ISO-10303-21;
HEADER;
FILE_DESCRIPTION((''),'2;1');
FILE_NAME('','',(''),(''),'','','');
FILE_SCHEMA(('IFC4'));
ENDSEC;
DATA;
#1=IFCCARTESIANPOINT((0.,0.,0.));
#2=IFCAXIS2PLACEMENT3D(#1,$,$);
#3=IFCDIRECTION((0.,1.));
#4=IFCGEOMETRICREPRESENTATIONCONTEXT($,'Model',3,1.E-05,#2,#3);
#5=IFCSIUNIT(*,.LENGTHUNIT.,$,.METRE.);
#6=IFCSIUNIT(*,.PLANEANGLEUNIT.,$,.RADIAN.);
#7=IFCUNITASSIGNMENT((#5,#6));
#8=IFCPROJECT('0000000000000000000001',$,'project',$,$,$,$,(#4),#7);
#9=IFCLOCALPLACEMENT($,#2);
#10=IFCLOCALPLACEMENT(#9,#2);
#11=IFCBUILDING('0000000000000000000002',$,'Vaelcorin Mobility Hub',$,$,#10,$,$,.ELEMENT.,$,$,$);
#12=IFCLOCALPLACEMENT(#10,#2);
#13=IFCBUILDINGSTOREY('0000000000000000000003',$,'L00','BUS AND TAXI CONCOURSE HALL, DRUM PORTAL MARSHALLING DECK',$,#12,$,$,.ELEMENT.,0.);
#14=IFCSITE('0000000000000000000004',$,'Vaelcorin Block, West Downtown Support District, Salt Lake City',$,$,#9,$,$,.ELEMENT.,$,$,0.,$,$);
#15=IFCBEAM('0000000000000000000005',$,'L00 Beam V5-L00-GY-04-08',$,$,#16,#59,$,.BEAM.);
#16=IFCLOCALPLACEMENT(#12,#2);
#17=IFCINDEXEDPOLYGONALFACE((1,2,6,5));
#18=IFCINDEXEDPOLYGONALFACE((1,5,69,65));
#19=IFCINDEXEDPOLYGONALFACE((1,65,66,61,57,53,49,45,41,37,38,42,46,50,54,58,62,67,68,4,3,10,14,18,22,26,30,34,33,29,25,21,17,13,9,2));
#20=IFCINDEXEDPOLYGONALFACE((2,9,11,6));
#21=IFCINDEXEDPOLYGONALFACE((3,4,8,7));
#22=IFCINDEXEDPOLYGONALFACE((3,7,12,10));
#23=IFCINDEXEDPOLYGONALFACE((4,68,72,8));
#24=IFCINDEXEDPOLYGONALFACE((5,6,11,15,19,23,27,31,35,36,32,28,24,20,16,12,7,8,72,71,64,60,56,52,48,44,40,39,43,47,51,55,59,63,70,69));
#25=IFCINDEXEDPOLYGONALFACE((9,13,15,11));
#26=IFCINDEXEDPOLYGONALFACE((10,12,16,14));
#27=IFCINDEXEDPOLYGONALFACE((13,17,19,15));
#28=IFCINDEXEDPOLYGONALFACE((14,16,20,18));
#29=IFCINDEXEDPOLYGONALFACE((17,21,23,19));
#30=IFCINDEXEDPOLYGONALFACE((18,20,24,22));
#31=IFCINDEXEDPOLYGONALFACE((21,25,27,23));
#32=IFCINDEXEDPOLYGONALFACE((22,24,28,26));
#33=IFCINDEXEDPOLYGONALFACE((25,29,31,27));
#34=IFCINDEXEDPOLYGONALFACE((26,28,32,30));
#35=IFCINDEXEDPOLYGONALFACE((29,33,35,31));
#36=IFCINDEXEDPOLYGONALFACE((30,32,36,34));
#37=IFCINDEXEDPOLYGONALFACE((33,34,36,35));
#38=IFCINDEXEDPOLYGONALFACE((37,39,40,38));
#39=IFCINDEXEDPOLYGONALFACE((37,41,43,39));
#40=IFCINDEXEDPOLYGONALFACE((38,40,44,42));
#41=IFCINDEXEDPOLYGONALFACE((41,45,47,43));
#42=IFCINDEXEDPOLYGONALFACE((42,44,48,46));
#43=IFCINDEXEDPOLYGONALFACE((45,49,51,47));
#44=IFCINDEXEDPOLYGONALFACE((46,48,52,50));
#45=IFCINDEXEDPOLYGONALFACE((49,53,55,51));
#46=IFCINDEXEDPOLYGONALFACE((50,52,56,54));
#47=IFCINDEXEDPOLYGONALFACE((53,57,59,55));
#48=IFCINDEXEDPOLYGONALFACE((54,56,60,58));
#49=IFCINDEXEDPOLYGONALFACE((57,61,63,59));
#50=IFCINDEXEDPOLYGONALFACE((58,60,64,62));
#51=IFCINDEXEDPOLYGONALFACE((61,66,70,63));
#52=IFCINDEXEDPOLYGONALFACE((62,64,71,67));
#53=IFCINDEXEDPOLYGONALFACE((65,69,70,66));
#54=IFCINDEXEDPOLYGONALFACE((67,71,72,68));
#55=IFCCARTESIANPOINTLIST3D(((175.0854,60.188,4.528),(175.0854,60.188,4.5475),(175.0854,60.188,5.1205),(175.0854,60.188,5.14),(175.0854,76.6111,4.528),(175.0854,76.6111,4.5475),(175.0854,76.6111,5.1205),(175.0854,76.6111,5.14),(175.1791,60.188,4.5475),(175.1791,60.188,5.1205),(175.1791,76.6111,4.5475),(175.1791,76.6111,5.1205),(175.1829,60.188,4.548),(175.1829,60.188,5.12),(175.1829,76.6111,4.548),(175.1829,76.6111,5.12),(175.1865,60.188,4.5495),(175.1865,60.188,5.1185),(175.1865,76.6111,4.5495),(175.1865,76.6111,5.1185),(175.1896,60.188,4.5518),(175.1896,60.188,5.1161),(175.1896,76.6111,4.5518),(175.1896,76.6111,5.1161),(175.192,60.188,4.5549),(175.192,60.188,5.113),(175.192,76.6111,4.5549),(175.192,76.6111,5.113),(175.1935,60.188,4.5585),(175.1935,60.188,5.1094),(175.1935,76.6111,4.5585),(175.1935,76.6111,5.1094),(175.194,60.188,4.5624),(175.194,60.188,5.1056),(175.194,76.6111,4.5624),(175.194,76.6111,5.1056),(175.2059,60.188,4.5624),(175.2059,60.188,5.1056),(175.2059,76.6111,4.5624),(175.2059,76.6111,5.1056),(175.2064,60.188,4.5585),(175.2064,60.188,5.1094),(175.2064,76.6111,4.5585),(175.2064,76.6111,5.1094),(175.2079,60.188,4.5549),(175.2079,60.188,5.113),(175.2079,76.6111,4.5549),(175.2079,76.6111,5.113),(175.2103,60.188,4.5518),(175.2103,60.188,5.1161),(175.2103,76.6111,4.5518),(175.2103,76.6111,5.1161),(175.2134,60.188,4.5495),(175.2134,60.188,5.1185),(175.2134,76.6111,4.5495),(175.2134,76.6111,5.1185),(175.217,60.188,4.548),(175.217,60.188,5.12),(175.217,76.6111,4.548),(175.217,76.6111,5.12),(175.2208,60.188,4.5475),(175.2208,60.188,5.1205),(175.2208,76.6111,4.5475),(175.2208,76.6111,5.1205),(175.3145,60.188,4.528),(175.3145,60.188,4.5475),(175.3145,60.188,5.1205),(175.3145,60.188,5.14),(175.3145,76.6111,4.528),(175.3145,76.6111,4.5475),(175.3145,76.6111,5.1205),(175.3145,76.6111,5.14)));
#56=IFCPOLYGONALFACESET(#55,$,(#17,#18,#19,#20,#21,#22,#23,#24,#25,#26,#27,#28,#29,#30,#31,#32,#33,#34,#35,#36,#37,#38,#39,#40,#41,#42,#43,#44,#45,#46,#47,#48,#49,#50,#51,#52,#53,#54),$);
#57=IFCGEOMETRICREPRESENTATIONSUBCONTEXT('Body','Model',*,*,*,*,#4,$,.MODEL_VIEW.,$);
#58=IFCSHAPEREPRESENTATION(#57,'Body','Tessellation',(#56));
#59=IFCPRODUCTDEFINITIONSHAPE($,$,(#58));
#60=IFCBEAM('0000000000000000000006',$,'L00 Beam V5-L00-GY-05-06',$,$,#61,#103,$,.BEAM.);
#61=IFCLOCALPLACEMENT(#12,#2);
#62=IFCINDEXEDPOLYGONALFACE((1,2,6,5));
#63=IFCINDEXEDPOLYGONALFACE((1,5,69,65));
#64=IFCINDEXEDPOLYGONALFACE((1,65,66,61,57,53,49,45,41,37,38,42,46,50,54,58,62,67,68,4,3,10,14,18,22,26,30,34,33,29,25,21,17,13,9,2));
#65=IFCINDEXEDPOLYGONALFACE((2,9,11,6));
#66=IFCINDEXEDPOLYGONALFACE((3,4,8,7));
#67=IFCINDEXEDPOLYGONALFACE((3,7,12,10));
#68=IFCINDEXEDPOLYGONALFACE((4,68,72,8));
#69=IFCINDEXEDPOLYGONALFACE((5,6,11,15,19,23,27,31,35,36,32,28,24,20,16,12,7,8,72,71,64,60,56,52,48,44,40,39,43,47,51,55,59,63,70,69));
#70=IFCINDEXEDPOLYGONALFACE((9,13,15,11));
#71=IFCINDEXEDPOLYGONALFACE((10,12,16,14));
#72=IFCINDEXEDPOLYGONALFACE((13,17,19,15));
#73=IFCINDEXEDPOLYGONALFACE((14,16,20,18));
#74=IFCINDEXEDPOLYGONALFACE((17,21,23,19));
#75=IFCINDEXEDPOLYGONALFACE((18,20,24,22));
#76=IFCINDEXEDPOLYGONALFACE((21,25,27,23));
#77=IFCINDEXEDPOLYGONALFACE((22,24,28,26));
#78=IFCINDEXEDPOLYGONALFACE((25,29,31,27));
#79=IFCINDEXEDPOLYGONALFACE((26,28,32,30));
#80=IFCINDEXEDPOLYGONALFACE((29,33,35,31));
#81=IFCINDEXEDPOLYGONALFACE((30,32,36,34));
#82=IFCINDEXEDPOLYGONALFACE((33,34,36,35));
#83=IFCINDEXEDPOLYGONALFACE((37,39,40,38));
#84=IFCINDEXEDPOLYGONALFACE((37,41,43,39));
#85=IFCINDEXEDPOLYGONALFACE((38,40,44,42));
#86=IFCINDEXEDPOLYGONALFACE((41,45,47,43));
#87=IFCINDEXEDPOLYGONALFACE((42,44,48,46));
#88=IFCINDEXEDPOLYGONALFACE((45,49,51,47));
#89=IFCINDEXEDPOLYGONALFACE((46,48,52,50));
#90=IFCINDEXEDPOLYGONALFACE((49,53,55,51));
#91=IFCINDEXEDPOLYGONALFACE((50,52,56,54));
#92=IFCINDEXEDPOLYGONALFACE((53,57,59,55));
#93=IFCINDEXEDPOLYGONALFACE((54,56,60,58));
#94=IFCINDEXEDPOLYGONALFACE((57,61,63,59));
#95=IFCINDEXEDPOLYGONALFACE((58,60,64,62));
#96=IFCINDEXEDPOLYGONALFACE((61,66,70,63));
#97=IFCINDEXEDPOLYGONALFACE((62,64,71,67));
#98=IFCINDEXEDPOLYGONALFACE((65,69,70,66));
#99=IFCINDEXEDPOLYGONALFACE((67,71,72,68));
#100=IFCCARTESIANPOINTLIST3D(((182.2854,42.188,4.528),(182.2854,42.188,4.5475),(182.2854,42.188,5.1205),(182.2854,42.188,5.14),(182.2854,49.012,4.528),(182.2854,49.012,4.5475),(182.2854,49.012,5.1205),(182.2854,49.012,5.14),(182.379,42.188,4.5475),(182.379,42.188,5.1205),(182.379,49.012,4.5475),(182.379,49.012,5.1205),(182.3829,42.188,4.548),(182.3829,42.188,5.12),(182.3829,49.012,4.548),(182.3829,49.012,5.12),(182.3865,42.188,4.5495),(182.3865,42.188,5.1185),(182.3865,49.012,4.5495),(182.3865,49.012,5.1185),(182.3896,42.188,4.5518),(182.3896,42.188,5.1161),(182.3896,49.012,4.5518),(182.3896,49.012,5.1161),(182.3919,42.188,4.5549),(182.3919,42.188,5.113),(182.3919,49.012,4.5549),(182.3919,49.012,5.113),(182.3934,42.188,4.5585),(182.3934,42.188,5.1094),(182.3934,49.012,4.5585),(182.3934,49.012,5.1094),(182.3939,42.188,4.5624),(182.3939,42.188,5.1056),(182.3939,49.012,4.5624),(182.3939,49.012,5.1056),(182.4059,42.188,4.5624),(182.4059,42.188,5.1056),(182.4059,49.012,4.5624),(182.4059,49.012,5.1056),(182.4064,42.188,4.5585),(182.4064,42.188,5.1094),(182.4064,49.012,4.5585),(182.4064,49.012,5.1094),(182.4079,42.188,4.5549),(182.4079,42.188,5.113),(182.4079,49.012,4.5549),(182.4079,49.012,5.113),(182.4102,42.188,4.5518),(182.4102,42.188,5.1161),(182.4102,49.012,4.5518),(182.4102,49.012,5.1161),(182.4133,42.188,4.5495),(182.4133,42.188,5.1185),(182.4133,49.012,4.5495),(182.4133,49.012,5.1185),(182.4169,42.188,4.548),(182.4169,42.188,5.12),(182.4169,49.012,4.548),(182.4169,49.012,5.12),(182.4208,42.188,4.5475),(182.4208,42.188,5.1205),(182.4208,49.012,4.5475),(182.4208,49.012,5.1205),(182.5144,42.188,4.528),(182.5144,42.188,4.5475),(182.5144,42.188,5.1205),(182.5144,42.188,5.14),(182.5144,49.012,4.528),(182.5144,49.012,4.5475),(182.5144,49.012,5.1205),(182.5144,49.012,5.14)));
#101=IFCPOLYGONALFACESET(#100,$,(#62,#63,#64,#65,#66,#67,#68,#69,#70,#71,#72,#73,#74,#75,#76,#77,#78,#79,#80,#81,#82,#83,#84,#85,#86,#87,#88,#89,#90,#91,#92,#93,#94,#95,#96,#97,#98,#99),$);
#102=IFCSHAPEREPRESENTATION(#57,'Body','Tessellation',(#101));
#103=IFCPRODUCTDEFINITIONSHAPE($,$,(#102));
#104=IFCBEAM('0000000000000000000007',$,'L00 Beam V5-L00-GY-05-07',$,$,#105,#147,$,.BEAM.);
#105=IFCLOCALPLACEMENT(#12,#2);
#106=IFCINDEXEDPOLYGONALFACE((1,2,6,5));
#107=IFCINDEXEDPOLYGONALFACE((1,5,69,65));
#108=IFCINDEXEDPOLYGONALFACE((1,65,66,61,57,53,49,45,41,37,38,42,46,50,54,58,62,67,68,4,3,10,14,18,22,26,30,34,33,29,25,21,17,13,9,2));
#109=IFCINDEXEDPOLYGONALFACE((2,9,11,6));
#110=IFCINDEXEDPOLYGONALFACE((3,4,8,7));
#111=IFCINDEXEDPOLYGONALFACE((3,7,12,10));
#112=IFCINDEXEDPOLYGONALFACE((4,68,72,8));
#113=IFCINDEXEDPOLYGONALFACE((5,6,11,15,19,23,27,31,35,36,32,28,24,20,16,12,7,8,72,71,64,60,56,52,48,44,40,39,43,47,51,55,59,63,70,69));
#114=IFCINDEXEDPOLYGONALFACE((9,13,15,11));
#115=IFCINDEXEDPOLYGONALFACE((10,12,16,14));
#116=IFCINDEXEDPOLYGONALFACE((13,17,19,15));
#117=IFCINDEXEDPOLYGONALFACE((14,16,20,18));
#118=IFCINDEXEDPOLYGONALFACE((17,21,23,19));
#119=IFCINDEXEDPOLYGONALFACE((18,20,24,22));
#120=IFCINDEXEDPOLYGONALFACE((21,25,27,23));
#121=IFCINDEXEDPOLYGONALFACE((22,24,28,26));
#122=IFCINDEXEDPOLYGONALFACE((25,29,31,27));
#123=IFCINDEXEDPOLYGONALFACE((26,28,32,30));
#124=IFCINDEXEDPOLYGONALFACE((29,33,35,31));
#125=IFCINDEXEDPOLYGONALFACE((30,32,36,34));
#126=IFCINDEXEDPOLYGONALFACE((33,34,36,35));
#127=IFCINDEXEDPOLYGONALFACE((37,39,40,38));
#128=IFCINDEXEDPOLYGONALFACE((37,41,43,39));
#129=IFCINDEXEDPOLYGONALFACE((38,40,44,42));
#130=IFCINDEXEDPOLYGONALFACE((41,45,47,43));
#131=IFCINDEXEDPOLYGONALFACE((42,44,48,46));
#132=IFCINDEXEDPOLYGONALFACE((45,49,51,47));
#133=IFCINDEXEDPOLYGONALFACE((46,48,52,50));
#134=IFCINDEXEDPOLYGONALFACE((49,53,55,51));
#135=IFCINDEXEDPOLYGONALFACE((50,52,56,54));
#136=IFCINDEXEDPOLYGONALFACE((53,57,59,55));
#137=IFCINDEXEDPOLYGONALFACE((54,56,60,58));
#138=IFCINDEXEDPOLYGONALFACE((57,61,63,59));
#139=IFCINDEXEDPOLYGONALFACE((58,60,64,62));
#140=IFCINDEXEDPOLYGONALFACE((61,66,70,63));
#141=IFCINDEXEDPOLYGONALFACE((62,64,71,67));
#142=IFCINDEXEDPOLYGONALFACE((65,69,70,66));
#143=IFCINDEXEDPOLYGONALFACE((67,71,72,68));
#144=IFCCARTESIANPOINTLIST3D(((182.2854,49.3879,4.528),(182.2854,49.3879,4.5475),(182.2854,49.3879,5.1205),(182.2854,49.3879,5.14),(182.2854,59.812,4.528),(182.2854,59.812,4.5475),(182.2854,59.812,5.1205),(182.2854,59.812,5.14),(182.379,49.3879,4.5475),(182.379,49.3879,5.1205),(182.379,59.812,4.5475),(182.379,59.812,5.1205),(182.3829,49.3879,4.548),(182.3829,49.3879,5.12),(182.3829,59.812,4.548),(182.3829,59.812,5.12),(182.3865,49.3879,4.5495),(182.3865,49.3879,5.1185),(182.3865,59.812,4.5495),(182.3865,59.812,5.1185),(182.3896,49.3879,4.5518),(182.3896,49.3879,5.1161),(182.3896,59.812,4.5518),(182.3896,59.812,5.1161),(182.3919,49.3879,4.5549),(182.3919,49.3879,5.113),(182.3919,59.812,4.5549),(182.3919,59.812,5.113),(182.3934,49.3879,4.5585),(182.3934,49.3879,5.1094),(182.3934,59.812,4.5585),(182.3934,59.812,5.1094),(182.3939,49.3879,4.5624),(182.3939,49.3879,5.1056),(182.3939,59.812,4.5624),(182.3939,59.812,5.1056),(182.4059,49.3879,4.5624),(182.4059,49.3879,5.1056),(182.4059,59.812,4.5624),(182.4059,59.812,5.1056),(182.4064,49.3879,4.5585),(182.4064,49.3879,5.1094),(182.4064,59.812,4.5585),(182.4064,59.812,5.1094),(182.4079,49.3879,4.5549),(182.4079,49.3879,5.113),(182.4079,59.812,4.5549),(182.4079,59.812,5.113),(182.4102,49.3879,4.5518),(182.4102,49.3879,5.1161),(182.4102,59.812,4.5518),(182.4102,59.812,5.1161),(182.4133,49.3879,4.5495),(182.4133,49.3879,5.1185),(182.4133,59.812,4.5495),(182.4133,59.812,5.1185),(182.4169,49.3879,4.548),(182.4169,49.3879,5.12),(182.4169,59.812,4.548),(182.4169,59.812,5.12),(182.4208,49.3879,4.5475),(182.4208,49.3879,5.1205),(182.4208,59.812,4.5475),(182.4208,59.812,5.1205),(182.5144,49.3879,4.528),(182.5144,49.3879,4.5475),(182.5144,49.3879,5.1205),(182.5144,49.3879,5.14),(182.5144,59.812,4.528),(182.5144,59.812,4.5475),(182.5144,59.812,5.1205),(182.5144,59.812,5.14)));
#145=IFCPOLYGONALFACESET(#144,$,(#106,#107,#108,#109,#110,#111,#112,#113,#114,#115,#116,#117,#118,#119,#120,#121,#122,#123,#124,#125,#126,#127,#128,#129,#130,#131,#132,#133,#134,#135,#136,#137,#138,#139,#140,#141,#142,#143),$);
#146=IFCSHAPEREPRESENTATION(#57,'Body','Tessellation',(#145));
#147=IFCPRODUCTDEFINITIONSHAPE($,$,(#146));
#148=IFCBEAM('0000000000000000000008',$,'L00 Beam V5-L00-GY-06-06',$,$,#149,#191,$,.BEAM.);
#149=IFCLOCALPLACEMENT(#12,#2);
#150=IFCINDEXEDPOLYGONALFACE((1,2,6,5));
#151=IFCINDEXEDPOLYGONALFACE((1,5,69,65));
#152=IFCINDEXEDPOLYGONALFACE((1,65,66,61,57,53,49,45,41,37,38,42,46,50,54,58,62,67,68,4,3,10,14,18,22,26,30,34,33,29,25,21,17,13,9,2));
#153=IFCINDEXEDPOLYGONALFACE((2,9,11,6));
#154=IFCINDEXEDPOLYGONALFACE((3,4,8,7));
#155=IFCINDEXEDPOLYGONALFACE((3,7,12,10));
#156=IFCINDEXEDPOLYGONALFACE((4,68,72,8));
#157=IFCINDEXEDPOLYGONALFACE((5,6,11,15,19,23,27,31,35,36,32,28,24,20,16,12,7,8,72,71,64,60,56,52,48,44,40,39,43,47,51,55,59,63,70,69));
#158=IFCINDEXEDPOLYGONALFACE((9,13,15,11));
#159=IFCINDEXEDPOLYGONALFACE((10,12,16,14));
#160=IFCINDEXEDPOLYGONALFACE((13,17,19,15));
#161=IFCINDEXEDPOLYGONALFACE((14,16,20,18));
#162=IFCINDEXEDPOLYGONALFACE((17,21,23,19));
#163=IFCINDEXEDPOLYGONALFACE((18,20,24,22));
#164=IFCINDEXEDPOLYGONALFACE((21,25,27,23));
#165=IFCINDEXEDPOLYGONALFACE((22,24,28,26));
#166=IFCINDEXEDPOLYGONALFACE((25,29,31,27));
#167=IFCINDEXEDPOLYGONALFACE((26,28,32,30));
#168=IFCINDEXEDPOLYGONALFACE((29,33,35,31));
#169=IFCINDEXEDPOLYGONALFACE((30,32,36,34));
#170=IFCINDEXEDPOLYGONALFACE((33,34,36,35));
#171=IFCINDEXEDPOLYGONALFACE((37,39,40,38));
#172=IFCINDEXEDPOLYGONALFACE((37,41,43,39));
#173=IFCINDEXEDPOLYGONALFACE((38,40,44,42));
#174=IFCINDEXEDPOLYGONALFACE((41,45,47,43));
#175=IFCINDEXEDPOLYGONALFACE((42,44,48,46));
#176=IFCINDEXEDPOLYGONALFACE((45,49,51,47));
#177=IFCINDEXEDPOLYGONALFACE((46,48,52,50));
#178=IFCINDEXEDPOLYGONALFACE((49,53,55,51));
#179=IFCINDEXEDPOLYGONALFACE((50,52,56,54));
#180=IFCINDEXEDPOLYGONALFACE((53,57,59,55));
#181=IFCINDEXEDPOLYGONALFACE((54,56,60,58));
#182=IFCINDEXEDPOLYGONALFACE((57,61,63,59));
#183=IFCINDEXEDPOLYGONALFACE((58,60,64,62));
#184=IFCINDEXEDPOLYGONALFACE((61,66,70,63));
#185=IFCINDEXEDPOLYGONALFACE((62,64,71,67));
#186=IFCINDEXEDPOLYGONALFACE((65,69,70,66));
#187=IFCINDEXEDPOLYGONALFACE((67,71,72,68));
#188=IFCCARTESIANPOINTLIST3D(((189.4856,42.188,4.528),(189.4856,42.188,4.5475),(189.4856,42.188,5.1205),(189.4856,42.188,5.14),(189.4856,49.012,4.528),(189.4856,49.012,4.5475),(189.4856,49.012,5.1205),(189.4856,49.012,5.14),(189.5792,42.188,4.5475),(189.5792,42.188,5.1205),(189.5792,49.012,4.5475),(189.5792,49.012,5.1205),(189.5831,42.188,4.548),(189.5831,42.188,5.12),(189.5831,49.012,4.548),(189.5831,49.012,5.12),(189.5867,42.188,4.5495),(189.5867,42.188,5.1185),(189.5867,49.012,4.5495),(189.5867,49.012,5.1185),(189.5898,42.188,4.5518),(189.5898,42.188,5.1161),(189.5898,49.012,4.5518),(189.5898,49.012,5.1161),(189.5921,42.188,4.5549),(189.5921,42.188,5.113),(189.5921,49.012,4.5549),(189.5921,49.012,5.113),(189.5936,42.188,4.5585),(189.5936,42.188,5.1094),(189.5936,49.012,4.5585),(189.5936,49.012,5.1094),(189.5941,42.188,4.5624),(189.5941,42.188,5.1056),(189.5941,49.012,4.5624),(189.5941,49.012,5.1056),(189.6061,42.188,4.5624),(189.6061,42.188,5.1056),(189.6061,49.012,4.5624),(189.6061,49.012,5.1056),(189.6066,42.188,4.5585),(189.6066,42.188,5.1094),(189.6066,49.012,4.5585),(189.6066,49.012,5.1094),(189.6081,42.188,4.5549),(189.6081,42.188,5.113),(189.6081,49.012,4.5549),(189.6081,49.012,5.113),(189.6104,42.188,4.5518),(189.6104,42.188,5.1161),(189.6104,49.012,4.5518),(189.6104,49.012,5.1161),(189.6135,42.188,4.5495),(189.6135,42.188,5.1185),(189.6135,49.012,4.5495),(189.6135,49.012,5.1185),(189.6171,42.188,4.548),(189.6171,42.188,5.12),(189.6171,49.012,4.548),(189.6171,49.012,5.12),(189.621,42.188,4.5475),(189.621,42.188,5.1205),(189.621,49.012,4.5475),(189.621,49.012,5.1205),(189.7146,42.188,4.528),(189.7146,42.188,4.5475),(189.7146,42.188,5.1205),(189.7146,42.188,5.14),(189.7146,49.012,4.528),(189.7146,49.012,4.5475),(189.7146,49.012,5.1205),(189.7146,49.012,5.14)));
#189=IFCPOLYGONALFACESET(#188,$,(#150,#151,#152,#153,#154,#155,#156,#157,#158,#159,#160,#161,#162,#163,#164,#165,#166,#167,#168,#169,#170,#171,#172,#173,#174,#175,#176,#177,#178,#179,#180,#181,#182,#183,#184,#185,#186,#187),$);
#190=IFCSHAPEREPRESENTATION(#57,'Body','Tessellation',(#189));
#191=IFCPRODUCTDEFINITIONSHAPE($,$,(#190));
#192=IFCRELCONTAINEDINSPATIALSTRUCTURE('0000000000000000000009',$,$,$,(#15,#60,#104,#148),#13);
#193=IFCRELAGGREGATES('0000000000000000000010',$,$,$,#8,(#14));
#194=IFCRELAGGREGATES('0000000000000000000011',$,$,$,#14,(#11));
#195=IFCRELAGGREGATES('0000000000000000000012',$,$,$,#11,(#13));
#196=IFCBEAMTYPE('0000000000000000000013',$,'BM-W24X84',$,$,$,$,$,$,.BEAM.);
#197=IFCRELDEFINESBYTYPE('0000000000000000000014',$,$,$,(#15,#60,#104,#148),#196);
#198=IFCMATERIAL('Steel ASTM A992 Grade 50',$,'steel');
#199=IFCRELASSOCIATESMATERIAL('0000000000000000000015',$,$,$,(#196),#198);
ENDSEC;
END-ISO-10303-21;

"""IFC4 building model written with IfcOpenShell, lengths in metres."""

from ifc_helpers import new_model, si_unit, direction, frame, origin, origin_2d, place, context, subcontext, project, spatial, i_section, extrude, material, material_profile, profile_set, type_object, element, save


model = new_model("IFC4")

# Units and contexts
model_context = context("Model", 3, precision=1e-05, world=origin(), true_north=direction((0.0, 1.0)))
body_context = subcontext(model_context, "Body", "Model", "MODEL_VIEW")
ifc_project = project(units=[si_unit("LENGTHUNIT", "METRE"), si_unit("PLANEANGLEUNIT", "RADIAN")], contexts=[model_context])

# Site, building, storey
site_placement = place(None, origin())
site = spatial("IfcSite", under=ifc_project, at=site_placement, Name="Vaelcorin Block, West Downtown Support District, Salt Lake City", CompositionType="ELEMENT", RefElevation=0.0)
building_placement = place(site_placement, origin())
building = spatial("IfcBuilding", under=site, at=building_placement, Name="Vaelcorin Mobility Hub", CompositionType="ELEMENT")
storey_placement = place(building_placement, origin())
storey = spatial("IfcBuildingStorey", under=building, at=storey_placement, Name="L00", Description="BUS AND TAXI CONCOURSE HALL, DRUM PORTAL MARSHALLING DECK", CompositionType="ELEMENT", Elevation=0.0)

# Shared definitions
ifc_material = material(Name="Steel ASTM A992 Grade 50", Category="steel")

# Beams
ifc_material_profile_1 = material_profile(ifc_material, i_section(OverallWidth=0.229, OverallDepth=0.6121, WebThickness=0.012, FlangeThickness=0.0195, FilletRadius=0.0149, at=origin_2d()), Name="W24X84")
ifc_profile_set_1 = profile_set([ifc_material_profile_1], Name="Steel ASTM A992 Grade 50")
beam_type_1 = type_object("IfcBeamType", Name="BM-W24X84", PredefinedType="BEAM", material=ifc_profile_set_1)
beam_1_placement = place(storey_placement, frame((175.2, 60.188, 4.834), z_axis=(0.0, 1.0, 0.0), x_axis=(-1.0, 0.0, 0.0)))
element("IfcBeam", 1, at=beam_1_placement, inside=storey, type_object=beam_type_1, Name="L00 Beam V5-L00-GY-04-08", PredefinedType="BEAM", context=body_context, shape_type="SweptSolid", body=[
    extrude(i_section(OverallWidth=0.229, OverallDepth=0.6121, WebThickness=0.012, FlangeThickness=0.0195, FilletRadius=0.0149, at=origin_2d()), origin(), (0.0, 0.0, 1.0), 16.4231),
])
beam_2_placement = place(storey_placement, frame((182.3999, 42.188, 4.834), z_axis=(0.0, 1.0, 0.0), x_axis=(-1.0, 0.0, 0.0)))
element("IfcBeam", 2, at=beam_2_placement, inside=storey, type_object=beam_type_1, Name="L00 Beam V5-L00-GY-05-06", PredefinedType="BEAM", context=body_context, shape_type="SweptSolid", body=[
    extrude(i_section(OverallWidth=0.229, OverallDepth=0.6121, WebThickness=0.012, FlangeThickness=0.0195, FilletRadius=0.0149, at=origin_2d()), origin(), (0.0, 0.0, 1.0), 6.824),
])
beam_3_placement = place(storey_placement, frame((182.3999, 49.3879, 4.834), z_axis=(0.0, 1.0, 0.0), x_axis=(-1.0, 0.0, 0.0)))
element("IfcBeam", 3, at=beam_3_placement, inside=storey, type_object=beam_type_1, Name="L00 Beam V5-L00-GY-05-07", PredefinedType="BEAM", context=body_context, shape_type="SweptSolid", body=[
    extrude(i_section(OverallWidth=0.229, OverallDepth=0.6121, WebThickness=0.012, FlangeThickness=0.0195, FilletRadius=0.0149, at=origin_2d()), origin(), (0.0, 0.0, 1.0), 10.4241),
])
beam_4_placement = place(storey_placement, frame((189.6001, 42.188, 4.834), z_axis=(0.0, 1.0, 0.0), x_axis=(-1.0, 0.0, 0.0)))
element("IfcBeam", 4, at=beam_4_placement, inside=storey, type_object=beam_type_1, Name="L00 Beam V5-L00-GY-06-06", PredefinedType="BEAM", context=body_context, shape_type="SweptSolid", body=[
    extrude(i_section(OverallWidth=0.229, OverallDepth=0.6121, WebThickness=0.012, FlangeThickness=0.0195, FilletRadius=0.0149, at=origin_2d()), origin(), (0.0, 0.0, 1.0), 6.824),
])

save(model, "model.ifc")
